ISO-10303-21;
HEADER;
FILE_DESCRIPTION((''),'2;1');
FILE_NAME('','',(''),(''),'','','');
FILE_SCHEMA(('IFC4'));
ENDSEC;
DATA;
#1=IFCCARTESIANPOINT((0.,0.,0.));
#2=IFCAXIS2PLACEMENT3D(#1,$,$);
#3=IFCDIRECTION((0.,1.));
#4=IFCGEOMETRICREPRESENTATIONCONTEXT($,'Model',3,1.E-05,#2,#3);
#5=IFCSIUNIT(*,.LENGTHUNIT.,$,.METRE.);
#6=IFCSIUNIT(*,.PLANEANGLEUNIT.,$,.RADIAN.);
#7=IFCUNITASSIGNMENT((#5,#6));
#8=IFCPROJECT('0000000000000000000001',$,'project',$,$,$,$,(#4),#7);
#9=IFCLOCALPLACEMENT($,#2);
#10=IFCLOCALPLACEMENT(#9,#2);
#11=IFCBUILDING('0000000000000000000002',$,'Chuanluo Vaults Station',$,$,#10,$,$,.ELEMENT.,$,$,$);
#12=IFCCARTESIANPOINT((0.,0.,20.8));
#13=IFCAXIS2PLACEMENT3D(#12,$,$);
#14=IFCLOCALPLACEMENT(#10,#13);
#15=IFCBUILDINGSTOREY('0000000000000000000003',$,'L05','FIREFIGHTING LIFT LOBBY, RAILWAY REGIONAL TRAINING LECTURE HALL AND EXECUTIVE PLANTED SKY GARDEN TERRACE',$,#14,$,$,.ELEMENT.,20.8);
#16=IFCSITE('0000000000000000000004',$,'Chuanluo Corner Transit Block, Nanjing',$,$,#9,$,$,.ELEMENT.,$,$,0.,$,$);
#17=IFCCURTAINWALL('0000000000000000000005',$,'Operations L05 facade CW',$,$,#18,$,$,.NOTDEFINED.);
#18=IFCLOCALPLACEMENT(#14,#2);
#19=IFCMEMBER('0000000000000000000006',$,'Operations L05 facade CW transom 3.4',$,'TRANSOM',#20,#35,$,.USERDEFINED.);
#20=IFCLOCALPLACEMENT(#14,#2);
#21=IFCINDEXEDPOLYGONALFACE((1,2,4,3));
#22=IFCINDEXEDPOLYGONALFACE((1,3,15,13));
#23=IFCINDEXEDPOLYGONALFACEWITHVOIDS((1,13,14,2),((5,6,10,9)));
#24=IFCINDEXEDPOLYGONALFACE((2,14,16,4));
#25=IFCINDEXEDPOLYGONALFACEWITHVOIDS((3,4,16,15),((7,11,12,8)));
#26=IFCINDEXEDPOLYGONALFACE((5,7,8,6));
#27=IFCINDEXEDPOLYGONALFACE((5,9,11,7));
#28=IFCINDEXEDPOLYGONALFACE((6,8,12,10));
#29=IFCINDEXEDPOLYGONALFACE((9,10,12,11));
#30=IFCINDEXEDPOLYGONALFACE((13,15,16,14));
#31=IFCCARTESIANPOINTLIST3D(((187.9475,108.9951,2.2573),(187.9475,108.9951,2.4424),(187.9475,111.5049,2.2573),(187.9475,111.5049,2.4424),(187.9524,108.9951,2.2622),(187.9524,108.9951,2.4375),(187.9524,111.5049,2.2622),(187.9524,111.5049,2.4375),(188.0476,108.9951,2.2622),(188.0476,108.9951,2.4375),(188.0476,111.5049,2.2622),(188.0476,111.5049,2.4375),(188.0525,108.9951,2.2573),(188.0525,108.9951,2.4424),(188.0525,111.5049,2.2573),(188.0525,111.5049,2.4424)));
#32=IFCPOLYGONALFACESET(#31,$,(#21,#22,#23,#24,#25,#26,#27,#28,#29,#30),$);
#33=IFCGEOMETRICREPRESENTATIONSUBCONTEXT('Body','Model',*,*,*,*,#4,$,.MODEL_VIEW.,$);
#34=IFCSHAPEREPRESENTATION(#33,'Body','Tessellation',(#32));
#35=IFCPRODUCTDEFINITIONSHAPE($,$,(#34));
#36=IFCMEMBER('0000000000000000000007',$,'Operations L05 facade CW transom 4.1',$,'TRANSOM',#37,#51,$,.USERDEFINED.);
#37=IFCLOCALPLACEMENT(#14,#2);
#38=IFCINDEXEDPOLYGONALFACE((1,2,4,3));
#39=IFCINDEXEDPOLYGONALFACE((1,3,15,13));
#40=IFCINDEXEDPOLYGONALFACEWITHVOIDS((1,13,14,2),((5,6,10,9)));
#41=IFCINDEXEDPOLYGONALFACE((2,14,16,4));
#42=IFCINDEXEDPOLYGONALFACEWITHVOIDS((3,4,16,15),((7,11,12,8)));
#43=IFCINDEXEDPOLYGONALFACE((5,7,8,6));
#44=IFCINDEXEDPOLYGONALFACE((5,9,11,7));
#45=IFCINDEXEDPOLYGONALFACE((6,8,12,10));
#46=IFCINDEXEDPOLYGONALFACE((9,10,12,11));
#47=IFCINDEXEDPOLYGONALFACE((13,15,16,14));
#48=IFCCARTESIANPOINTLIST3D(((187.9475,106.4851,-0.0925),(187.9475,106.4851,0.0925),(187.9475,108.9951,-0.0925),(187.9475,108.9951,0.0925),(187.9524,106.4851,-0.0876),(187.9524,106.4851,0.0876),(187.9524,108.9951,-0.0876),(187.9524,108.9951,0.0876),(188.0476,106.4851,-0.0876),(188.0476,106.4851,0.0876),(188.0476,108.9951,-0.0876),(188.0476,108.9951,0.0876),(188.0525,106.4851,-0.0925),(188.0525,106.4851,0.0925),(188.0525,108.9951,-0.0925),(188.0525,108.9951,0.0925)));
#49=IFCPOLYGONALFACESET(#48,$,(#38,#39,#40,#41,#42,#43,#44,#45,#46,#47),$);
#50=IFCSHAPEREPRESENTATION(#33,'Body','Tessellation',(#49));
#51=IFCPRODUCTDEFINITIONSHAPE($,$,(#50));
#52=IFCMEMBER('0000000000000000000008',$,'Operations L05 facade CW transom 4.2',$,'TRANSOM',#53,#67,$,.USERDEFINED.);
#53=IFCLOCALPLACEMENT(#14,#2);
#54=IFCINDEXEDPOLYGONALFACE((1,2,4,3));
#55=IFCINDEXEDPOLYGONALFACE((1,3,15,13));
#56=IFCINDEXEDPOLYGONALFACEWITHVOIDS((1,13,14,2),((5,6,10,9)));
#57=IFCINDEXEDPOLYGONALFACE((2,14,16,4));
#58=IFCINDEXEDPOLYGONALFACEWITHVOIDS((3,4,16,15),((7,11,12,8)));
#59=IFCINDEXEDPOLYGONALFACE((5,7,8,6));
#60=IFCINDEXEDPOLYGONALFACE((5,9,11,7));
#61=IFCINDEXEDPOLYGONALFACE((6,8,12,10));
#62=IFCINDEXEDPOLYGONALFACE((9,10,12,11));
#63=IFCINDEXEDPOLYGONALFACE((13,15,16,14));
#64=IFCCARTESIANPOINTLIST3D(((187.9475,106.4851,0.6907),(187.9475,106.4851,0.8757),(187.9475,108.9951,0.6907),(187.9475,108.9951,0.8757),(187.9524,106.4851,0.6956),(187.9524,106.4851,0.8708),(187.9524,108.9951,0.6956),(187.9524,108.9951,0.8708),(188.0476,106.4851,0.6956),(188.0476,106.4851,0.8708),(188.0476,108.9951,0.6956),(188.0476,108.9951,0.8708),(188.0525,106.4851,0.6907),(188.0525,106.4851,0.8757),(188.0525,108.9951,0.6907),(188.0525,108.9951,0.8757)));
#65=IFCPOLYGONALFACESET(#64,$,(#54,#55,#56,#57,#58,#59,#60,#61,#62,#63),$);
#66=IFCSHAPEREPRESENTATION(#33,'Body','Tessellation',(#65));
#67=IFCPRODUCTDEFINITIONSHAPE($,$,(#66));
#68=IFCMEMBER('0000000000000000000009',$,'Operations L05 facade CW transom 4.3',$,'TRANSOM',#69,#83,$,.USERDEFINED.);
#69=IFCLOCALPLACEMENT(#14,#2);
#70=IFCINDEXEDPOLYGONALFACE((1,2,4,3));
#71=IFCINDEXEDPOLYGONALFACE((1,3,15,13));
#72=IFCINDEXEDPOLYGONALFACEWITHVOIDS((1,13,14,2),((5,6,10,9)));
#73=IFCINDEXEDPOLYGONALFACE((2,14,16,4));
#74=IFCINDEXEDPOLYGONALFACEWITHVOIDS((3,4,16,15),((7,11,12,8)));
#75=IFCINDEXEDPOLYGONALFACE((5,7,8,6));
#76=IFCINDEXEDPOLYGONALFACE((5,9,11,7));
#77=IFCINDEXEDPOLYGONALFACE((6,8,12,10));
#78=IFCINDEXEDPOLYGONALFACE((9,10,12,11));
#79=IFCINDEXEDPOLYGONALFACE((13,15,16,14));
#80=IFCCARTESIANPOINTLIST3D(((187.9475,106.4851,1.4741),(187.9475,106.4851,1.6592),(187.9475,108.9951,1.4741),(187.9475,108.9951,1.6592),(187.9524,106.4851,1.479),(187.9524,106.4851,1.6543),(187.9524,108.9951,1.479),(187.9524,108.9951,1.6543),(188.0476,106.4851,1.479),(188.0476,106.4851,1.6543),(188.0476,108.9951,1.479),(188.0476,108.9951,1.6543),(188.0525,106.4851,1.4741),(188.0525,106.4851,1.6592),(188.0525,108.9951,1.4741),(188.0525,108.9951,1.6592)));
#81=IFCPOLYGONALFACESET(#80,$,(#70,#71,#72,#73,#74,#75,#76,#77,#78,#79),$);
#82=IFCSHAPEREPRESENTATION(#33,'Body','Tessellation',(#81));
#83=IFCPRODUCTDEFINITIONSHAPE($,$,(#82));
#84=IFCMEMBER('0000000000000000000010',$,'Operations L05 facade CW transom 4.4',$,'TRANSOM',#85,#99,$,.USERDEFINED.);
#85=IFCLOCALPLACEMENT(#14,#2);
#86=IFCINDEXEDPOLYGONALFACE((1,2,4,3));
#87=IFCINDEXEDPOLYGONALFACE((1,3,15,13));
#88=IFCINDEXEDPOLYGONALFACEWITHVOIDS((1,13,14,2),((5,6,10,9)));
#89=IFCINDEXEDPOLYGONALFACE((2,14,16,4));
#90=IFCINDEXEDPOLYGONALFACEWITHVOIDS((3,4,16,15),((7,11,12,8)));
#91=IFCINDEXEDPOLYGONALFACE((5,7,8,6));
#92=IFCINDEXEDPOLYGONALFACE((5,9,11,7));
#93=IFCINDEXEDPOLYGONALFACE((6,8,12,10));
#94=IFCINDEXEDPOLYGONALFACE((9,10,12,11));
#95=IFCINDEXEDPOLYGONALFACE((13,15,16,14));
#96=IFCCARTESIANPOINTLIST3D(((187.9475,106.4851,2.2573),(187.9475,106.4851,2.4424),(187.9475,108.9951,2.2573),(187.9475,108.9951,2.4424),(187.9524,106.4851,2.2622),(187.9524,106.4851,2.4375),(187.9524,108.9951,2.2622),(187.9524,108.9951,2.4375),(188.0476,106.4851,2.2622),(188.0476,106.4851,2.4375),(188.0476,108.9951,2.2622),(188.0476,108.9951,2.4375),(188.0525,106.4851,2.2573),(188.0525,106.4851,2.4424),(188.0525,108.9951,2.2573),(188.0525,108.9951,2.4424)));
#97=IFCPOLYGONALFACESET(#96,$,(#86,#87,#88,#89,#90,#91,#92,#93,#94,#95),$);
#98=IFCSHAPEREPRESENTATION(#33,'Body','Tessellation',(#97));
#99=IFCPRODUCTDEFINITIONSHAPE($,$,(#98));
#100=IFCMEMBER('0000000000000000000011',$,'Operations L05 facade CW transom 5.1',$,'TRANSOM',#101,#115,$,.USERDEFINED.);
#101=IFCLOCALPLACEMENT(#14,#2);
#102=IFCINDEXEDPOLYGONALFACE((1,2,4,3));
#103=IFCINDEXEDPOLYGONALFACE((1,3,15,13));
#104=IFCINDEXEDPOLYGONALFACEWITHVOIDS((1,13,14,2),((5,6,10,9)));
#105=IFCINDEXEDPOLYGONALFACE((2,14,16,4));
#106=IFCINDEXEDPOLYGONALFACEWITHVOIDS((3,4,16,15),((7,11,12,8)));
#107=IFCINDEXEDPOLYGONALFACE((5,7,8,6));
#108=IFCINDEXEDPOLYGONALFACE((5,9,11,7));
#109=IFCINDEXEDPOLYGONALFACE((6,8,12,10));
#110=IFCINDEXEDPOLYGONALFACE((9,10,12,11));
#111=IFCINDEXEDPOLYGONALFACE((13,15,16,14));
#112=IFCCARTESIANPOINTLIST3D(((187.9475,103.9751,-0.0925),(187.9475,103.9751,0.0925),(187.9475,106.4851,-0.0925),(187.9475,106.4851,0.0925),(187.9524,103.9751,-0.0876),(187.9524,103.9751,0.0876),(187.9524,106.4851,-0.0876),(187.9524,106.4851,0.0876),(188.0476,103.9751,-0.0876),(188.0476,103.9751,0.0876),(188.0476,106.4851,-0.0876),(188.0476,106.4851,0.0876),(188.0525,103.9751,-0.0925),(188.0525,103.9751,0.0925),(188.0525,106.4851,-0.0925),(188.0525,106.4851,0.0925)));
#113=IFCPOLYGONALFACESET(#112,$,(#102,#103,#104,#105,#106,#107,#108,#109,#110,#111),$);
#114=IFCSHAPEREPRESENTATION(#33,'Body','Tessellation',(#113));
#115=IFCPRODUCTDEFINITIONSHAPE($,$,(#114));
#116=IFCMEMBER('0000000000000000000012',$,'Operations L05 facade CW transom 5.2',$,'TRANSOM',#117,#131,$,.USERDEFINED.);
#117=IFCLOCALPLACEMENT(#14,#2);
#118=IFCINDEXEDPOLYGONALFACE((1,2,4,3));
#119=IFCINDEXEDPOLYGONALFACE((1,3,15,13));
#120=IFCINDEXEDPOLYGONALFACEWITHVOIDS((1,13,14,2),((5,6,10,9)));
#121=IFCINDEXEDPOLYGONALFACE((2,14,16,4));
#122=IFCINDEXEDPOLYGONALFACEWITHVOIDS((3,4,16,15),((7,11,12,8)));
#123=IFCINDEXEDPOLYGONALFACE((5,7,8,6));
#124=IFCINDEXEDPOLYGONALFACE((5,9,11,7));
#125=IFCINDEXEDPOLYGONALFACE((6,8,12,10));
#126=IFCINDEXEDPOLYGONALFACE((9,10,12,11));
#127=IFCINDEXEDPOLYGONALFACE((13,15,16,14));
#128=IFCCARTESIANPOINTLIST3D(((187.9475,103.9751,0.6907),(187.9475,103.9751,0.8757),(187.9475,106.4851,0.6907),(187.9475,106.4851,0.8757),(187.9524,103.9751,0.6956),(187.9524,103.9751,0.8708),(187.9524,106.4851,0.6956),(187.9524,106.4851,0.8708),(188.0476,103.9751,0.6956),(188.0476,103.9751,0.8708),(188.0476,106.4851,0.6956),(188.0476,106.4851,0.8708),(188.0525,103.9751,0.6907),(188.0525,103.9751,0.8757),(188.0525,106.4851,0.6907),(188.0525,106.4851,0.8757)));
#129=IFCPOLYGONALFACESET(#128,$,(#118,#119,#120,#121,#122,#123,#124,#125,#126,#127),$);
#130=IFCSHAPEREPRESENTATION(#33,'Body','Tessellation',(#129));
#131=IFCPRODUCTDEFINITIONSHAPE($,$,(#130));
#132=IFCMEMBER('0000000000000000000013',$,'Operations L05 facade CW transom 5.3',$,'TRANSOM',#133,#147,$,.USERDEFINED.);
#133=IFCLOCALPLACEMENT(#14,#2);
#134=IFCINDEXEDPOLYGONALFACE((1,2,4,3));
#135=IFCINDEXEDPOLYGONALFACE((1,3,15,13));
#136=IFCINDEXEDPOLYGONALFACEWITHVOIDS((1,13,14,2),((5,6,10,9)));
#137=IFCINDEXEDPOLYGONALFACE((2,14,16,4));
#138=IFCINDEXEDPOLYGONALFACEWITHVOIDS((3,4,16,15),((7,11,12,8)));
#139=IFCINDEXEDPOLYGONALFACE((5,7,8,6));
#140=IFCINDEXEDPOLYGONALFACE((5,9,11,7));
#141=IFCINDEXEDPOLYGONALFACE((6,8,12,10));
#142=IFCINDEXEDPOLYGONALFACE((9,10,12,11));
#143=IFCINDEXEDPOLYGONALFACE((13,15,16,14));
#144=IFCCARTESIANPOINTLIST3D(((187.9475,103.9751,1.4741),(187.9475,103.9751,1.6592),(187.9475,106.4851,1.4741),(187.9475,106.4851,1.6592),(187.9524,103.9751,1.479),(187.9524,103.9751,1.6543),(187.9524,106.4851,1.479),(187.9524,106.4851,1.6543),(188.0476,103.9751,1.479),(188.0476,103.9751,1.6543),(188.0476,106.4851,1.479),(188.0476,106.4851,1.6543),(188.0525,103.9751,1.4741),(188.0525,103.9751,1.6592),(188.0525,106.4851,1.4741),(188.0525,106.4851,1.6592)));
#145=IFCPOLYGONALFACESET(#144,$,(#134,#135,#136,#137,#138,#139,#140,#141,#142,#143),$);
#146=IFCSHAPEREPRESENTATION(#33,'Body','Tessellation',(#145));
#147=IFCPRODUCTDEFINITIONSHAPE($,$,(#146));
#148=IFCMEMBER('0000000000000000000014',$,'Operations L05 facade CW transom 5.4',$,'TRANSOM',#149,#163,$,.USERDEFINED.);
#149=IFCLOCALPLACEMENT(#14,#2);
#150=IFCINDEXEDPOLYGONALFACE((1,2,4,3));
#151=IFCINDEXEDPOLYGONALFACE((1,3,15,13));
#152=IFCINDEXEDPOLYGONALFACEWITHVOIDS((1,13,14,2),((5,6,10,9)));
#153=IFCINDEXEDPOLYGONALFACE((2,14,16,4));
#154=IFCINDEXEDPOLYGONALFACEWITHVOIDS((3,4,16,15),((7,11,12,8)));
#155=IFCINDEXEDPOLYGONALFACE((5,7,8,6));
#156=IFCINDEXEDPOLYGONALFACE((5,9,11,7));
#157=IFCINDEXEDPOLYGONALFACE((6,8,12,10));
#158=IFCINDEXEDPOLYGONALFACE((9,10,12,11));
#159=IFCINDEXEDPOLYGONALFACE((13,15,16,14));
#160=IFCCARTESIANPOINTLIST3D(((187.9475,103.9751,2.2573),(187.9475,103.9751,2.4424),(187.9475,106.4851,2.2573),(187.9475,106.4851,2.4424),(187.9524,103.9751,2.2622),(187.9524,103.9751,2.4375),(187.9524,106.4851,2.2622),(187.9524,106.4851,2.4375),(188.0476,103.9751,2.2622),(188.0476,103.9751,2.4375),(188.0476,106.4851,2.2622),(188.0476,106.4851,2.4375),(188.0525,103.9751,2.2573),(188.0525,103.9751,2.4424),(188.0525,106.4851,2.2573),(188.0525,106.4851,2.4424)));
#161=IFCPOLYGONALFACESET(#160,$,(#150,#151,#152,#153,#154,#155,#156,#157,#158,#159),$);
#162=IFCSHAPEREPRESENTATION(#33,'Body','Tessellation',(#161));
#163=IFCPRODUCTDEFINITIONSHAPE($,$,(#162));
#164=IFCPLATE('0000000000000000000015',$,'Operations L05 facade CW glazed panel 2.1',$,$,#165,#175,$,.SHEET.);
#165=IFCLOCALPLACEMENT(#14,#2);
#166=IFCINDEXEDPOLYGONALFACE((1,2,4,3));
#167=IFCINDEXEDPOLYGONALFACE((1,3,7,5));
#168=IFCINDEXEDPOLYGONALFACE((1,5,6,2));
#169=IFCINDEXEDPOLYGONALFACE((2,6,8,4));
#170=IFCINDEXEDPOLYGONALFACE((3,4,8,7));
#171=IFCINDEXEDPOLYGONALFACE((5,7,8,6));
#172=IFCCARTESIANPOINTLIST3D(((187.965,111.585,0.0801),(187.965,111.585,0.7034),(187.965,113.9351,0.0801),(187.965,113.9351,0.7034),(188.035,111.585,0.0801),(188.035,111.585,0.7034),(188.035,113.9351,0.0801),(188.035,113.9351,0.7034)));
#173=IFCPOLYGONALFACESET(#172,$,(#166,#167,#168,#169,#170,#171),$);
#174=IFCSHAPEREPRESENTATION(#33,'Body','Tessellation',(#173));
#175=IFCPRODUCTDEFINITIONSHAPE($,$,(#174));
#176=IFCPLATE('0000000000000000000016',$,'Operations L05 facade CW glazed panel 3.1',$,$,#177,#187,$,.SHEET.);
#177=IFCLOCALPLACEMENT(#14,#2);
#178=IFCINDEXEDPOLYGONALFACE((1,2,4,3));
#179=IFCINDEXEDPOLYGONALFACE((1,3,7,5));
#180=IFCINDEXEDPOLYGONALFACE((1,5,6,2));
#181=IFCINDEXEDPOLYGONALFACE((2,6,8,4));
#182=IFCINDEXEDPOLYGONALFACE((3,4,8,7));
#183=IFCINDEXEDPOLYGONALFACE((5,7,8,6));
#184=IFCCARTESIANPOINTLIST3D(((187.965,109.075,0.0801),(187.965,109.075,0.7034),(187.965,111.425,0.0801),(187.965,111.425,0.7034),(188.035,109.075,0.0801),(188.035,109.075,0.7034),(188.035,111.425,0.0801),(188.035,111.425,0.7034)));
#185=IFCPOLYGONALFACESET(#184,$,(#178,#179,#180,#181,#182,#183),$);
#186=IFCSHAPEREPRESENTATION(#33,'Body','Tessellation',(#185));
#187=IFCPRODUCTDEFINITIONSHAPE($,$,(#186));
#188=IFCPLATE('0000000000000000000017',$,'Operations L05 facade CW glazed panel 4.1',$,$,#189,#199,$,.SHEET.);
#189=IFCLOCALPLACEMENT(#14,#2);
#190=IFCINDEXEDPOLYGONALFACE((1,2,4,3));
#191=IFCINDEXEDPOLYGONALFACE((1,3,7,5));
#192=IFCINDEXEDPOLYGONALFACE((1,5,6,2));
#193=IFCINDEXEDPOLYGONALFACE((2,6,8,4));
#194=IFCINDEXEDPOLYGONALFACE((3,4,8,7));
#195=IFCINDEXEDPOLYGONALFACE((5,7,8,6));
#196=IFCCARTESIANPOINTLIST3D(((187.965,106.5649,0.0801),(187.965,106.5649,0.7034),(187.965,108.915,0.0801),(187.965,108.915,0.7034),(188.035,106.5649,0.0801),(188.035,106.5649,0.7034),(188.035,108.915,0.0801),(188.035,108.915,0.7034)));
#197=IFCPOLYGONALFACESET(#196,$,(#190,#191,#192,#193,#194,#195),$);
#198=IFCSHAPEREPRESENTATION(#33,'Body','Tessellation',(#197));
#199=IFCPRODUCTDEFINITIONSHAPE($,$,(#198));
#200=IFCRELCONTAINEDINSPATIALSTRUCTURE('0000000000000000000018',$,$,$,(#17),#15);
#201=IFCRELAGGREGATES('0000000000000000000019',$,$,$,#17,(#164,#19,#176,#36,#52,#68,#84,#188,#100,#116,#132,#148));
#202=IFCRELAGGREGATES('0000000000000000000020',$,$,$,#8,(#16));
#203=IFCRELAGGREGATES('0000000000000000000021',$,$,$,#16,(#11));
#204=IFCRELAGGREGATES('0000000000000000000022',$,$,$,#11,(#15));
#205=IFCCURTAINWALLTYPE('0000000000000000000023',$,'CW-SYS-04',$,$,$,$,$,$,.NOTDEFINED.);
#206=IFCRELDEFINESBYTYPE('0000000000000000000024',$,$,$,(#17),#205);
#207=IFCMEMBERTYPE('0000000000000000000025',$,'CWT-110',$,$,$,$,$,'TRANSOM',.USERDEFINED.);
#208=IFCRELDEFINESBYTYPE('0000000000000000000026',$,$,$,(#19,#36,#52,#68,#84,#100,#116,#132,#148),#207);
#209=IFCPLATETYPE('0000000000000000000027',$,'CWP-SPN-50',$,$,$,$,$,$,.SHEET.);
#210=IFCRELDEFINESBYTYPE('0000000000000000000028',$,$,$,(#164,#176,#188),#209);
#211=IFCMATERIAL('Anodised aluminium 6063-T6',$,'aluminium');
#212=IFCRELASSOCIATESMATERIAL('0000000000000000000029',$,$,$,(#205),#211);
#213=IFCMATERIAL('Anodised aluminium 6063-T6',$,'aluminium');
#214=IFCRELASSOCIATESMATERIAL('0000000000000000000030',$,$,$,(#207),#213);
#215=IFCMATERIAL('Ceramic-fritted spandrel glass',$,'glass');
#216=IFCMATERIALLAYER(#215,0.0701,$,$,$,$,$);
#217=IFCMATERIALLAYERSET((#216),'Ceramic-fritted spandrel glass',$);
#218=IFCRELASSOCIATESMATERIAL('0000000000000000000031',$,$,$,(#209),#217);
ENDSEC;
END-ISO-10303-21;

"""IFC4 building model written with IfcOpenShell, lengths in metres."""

from ifc_helpers import new_model, si_unit, direction, frame, origin, origin_2d, place, context, subcontext, project, spatial, rectangle, hollow_rectangle, extrude, material, layer, layer_set, material_profile, profile_set, type_object, element, aggregate, save


model = new_model("IFC4")

# Units and contexts
model_context = context("Model", 3, precision=1e-05, world=origin(), true_north=direction((0.0, 1.0)))
body_context = subcontext(model_context, "Body", "Model", "MODEL_VIEW")
ifc_project = project(units=[si_unit("LENGTHUNIT", "METRE"), si_unit("PLANEANGLEUNIT", "RADIAN")], contexts=[model_context])

# Site, building, storey
site_placement = place(None, origin())
site = spatial("IfcSite", under=ifc_project, at=site_placement, Name="Chuanluo Corner Transit Block, Nanjing", CompositionType="ELEMENT", RefElevation=0.0)
building_placement = place(site_placement, origin())
building = spatial("IfcBuilding", under=site, at=building_placement, Name="Chuanluo Vaults Station", CompositionType="ELEMENT")
storey_placement = place(building_placement, frame((0.0, 0.0, 20.8)))
storey = spatial("IfcBuildingStorey", under=building, at=storey_placement, Name="L05", Description="FIREFIGHTING LIFT LOBBY, RAILWAY REGIONAL TRAINING LECTURE HALL AND EXECUTIVE PLANTED SKY GARDEN TERRACE", CompositionType="ELEMENT", Elevation=20.8)

# Curtain wall, members, plates
ifc_material_1 = material(Name="Anodised aluminium 6063-T6", Category="aluminium")
curtain_wall_type = type_object("IfcCurtainWallType", Name="CW-SYS-04", PredefinedType="NOTDEFINED", material=ifc_material_1)
curtain_wall_placement = place(storey_placement, origin())
curtain_wall = element("IfcCurtainWall", 1, at=curtain_wall_placement, inside=storey, type_object=curtain_wall_type, Name="Operations L05 facade CW", PredefinedType="NOTDEFINED")
ifc_material_2 = material(Name="Anodised aluminium 6063-T6", Category="aluminium")
ifc_material_profile_1 = material_profile(ifc_material_2, hollow_rectangle(XDim=0.105, YDim=0.1851, WallThickness=0.0049, at=origin_2d()))
ifc_profile_set_1 = profile_set([ifc_material_profile_1], Name="Anodised aluminium 6063-T6")
member_type_1 = type_object("IfcMemberType", Name="CWT-110", ElementType="TRANSOM", PredefinedType="USERDEFINED", material=ifc_profile_set_1)
member_1_placement = place(storey_placement, frame((188.0, 111.5049, 2.3499), z_axis=(0.0, -1.0, 0.0), x_axis=(1.0, 0.0, 0.0)))
member_1 = element("IfcMember", 2, at=member_1_placement, type_object=member_type_1, Name="Operations L05 facade CW transom 3.4", ObjectType="TRANSOM", PredefinedType="USERDEFINED", context=body_context, shape_type="SweptSolid", body=[
    extrude(hollow_rectangle(XDim=0.105, YDim=0.1851, WallThickness=0.0049, at=origin_2d()), origin(), (0.0, 0.0, 1.0), 2.5098),
])
member_2_placement = place(storey_placement, frame((188.0, 108.9951, 0.0), z_axis=(0.0, -1.0, 0.0), x_axis=(1.0, 0.0, 0.0)))
member_2 = element("IfcMember", 3, at=member_2_placement, type_object=member_type_1, Name="Operations L05 facade CW transom 4.1", ObjectType="TRANSOM", PredefinedType="USERDEFINED", context=body_context, shape_type="SweptSolid", body=[
    extrude(hollow_rectangle(XDim=0.105, YDim=0.1851, WallThickness=0.0049, at=origin_2d()), origin(), (0.0, 0.0, 1.0), 2.51),
])
member_3_placement = place(storey_placement, frame((188.0, 108.9951, 0.7832), z_axis=(0.0, -1.0, 0.0), x_axis=(1.0, 0.0, 0.0)))
member_3 = element("IfcMember", 4, at=member_3_placement, type_object=member_type_1, Name="Operations L05 facade CW transom 4.2", ObjectType="TRANSOM", PredefinedType="USERDEFINED", context=body_context, shape_type="SweptSolid", body=[
    extrude(hollow_rectangle(XDim=0.105, YDim=0.1851, WallThickness=0.0049, at=origin_2d()), origin(), (0.0, 0.0, 1.0), 2.51),
])
member_4_placement = place(storey_placement, frame((188.0, 108.9951, 1.5667), z_axis=(0.0, -1.0, 0.0), x_axis=(1.0, 0.0, 0.0)))
member_4 = element("IfcMember", 5, at=member_4_placement, type_object=member_type_1, Name="Operations L05 facade CW transom 4.3", ObjectType="TRANSOM", PredefinedType="USERDEFINED", context=body_context, shape_type="SweptSolid", body=[
    extrude(hollow_rectangle(XDim=0.105, YDim=0.1851, WallThickness=0.0049, at=origin_2d()), origin(), (0.0, 0.0, 1.0), 2.51),
])
member_5_placement = place(storey_placement, frame((188.0, 108.9951, 2.3499), z_axis=(0.0, -1.0, 0.0), x_axis=(1.0, 0.0, 0.0)))
member_5 = element("IfcMember", 6, at=member_5_placement, type_object=member_type_1, Name="Operations L05 facade CW transom 4.4", ObjectType="TRANSOM", PredefinedType="USERDEFINED", context=body_context, shape_type="SweptSolid", body=[
    extrude(hollow_rectangle(XDim=0.105, YDim=0.1851, WallThickness=0.0049, at=origin_2d()), origin(), (0.0, 0.0, 1.0), 2.51),
])
member_6_placement = place(storey_placement, frame((188.0, 106.4851, 0.0), z_axis=(0.0, -1.0, 0.0), x_axis=(1.0, 0.0, 0.0)))
member_6 = element("IfcMember", 7, at=member_6_placement, type_object=member_type_1, Name="Operations L05 facade CW transom 5.1", ObjectType="TRANSOM", PredefinedType="USERDEFINED", context=body_context, shape_type="SweptSolid", body=[
    extrude(hollow_rectangle(XDim=0.105, YDim=0.1851, WallThickness=0.0049, at=origin_2d()), origin(), (0.0, 0.0, 1.0), 2.51),
])
member_7_placement = place(storey_placement, frame((188.0, 106.4851, 0.7832), z_axis=(0.0, -1.0, 0.0), x_axis=(1.0, 0.0, 0.0)))
member_7 = element("IfcMember", 8, at=member_7_placement, type_object=member_type_1, Name="Operations L05 facade CW transom 5.2", ObjectType="TRANSOM", PredefinedType="USERDEFINED", context=body_context, shape_type="SweptSolid", body=[
    extrude(hollow_rectangle(XDim=0.105, YDim=0.1851, WallThickness=0.0049, at=origin_2d()), origin(), (0.0, 0.0, 1.0), 2.51),
])
member_8_placement = place(storey_placement, frame((188.0, 106.4851, 1.5667), z_axis=(0.0, -1.0, 0.0), x_axis=(1.0, 0.0, 0.0)))
member_8 = element("IfcMember", 9, at=member_8_placement, type_object=member_type_1, Name="Operations L05 facade CW transom 5.3", ObjectType="TRANSOM", PredefinedType="USERDEFINED", context=body_context, shape_type="SweptSolid", body=[
    extrude(hollow_rectangle(XDim=0.105, YDim=0.1851, WallThickness=0.0049, at=origin_2d()), origin(), (0.0, 0.0, 1.0), 2.51),
])
member_9_placement = place(storey_placement, frame((188.0, 106.4851, 2.3499), z_axis=(0.0, -1.0, 0.0), x_axis=(1.0, 0.0, 0.0)))
member_9 = element("IfcMember", 10, at=member_9_placement, type_object=member_type_1, Name="Operations L05 facade CW transom 5.4", ObjectType="TRANSOM", PredefinedType="USERDEFINED", context=body_context, shape_type="SweptSolid", body=[
    extrude(hollow_rectangle(XDim=0.105, YDim=0.1851, WallThickness=0.0049, at=origin_2d()), origin(), (0.0, 0.0, 1.0), 2.51),
])
ifc_material_3 = material(Name="Ceramic-fritted spandrel glass", Category="glass")
ifc_layer_1 = layer(ifc_material_3, 0.0701)
ifc_layer_set_1 = layer_set([ifc_layer_1], Name="Ceramic-fritted spandrel glass")
plate_type_1 = type_object("IfcPlateType", Name="CWP-SPN-50", PredefinedType="SHEET", material=ifc_layer_set_1)
plate_1_placement = place(storey_placement, frame((188.0, 112.76, 0.0801), z_axis=(0.0, 0.0, 1.0), x_axis=(0.0, -1.0, 0.0)))
plate_1 = element("IfcPlate", 11, at=plate_1_placement, type_object=plate_type_1, Name="Operations L05 facade CW glazed panel 2.1", PredefinedType="SHEET", context=body_context, shape_type="SweptSolid", body=[
    extrude(rectangle(XDim=2.3501, YDim=0.0701, at=origin_2d()), origin(), (0.0, 0.0, 1.0), 0.6233),
])
plate_2_placement = place(storey_placement, frame((188.0, 110.25, 0.0801), z_axis=(0.0, 0.0, 1.0), x_axis=(0.0, -1.0, 0.0)))
plate_2 = element("IfcPlate", 12, at=plate_2_placement, type_object=plate_type_1, Name="Operations L05 facade CW glazed panel 3.1", PredefinedType="SHEET", context=body_context, shape_type="SweptSolid", body=[
    extrude(rectangle(XDim=2.3501, YDim=0.0701, at=origin_2d()), origin(), (0.0, 0.0, 1.0), 0.6233),
])
plate_3_placement = place(storey_placement, frame((188.0, 107.74, 0.0801), z_axis=(0.0, 0.0, 1.0), x_axis=(0.0, -1.0, 0.0)))
plate_3 = element("IfcPlate", 13, at=plate_3_placement, type_object=plate_type_1, Name="Operations L05 facade CW glazed panel 4.1", PredefinedType="SHEET", context=body_context, shape_type="SweptSolid", body=[
    extrude(rectangle(XDim=2.3501, YDim=0.0701, at=origin_2d()), origin(), (0.0, 0.0, 1.0), 0.6233),
])
aggregate(curtain_wall, [plate_1, member_1, plate_2, member_2, member_3, member_4, member_5, plate_3, member_6, member_7, member_8, member_9])

save(model, "model.ifc")
